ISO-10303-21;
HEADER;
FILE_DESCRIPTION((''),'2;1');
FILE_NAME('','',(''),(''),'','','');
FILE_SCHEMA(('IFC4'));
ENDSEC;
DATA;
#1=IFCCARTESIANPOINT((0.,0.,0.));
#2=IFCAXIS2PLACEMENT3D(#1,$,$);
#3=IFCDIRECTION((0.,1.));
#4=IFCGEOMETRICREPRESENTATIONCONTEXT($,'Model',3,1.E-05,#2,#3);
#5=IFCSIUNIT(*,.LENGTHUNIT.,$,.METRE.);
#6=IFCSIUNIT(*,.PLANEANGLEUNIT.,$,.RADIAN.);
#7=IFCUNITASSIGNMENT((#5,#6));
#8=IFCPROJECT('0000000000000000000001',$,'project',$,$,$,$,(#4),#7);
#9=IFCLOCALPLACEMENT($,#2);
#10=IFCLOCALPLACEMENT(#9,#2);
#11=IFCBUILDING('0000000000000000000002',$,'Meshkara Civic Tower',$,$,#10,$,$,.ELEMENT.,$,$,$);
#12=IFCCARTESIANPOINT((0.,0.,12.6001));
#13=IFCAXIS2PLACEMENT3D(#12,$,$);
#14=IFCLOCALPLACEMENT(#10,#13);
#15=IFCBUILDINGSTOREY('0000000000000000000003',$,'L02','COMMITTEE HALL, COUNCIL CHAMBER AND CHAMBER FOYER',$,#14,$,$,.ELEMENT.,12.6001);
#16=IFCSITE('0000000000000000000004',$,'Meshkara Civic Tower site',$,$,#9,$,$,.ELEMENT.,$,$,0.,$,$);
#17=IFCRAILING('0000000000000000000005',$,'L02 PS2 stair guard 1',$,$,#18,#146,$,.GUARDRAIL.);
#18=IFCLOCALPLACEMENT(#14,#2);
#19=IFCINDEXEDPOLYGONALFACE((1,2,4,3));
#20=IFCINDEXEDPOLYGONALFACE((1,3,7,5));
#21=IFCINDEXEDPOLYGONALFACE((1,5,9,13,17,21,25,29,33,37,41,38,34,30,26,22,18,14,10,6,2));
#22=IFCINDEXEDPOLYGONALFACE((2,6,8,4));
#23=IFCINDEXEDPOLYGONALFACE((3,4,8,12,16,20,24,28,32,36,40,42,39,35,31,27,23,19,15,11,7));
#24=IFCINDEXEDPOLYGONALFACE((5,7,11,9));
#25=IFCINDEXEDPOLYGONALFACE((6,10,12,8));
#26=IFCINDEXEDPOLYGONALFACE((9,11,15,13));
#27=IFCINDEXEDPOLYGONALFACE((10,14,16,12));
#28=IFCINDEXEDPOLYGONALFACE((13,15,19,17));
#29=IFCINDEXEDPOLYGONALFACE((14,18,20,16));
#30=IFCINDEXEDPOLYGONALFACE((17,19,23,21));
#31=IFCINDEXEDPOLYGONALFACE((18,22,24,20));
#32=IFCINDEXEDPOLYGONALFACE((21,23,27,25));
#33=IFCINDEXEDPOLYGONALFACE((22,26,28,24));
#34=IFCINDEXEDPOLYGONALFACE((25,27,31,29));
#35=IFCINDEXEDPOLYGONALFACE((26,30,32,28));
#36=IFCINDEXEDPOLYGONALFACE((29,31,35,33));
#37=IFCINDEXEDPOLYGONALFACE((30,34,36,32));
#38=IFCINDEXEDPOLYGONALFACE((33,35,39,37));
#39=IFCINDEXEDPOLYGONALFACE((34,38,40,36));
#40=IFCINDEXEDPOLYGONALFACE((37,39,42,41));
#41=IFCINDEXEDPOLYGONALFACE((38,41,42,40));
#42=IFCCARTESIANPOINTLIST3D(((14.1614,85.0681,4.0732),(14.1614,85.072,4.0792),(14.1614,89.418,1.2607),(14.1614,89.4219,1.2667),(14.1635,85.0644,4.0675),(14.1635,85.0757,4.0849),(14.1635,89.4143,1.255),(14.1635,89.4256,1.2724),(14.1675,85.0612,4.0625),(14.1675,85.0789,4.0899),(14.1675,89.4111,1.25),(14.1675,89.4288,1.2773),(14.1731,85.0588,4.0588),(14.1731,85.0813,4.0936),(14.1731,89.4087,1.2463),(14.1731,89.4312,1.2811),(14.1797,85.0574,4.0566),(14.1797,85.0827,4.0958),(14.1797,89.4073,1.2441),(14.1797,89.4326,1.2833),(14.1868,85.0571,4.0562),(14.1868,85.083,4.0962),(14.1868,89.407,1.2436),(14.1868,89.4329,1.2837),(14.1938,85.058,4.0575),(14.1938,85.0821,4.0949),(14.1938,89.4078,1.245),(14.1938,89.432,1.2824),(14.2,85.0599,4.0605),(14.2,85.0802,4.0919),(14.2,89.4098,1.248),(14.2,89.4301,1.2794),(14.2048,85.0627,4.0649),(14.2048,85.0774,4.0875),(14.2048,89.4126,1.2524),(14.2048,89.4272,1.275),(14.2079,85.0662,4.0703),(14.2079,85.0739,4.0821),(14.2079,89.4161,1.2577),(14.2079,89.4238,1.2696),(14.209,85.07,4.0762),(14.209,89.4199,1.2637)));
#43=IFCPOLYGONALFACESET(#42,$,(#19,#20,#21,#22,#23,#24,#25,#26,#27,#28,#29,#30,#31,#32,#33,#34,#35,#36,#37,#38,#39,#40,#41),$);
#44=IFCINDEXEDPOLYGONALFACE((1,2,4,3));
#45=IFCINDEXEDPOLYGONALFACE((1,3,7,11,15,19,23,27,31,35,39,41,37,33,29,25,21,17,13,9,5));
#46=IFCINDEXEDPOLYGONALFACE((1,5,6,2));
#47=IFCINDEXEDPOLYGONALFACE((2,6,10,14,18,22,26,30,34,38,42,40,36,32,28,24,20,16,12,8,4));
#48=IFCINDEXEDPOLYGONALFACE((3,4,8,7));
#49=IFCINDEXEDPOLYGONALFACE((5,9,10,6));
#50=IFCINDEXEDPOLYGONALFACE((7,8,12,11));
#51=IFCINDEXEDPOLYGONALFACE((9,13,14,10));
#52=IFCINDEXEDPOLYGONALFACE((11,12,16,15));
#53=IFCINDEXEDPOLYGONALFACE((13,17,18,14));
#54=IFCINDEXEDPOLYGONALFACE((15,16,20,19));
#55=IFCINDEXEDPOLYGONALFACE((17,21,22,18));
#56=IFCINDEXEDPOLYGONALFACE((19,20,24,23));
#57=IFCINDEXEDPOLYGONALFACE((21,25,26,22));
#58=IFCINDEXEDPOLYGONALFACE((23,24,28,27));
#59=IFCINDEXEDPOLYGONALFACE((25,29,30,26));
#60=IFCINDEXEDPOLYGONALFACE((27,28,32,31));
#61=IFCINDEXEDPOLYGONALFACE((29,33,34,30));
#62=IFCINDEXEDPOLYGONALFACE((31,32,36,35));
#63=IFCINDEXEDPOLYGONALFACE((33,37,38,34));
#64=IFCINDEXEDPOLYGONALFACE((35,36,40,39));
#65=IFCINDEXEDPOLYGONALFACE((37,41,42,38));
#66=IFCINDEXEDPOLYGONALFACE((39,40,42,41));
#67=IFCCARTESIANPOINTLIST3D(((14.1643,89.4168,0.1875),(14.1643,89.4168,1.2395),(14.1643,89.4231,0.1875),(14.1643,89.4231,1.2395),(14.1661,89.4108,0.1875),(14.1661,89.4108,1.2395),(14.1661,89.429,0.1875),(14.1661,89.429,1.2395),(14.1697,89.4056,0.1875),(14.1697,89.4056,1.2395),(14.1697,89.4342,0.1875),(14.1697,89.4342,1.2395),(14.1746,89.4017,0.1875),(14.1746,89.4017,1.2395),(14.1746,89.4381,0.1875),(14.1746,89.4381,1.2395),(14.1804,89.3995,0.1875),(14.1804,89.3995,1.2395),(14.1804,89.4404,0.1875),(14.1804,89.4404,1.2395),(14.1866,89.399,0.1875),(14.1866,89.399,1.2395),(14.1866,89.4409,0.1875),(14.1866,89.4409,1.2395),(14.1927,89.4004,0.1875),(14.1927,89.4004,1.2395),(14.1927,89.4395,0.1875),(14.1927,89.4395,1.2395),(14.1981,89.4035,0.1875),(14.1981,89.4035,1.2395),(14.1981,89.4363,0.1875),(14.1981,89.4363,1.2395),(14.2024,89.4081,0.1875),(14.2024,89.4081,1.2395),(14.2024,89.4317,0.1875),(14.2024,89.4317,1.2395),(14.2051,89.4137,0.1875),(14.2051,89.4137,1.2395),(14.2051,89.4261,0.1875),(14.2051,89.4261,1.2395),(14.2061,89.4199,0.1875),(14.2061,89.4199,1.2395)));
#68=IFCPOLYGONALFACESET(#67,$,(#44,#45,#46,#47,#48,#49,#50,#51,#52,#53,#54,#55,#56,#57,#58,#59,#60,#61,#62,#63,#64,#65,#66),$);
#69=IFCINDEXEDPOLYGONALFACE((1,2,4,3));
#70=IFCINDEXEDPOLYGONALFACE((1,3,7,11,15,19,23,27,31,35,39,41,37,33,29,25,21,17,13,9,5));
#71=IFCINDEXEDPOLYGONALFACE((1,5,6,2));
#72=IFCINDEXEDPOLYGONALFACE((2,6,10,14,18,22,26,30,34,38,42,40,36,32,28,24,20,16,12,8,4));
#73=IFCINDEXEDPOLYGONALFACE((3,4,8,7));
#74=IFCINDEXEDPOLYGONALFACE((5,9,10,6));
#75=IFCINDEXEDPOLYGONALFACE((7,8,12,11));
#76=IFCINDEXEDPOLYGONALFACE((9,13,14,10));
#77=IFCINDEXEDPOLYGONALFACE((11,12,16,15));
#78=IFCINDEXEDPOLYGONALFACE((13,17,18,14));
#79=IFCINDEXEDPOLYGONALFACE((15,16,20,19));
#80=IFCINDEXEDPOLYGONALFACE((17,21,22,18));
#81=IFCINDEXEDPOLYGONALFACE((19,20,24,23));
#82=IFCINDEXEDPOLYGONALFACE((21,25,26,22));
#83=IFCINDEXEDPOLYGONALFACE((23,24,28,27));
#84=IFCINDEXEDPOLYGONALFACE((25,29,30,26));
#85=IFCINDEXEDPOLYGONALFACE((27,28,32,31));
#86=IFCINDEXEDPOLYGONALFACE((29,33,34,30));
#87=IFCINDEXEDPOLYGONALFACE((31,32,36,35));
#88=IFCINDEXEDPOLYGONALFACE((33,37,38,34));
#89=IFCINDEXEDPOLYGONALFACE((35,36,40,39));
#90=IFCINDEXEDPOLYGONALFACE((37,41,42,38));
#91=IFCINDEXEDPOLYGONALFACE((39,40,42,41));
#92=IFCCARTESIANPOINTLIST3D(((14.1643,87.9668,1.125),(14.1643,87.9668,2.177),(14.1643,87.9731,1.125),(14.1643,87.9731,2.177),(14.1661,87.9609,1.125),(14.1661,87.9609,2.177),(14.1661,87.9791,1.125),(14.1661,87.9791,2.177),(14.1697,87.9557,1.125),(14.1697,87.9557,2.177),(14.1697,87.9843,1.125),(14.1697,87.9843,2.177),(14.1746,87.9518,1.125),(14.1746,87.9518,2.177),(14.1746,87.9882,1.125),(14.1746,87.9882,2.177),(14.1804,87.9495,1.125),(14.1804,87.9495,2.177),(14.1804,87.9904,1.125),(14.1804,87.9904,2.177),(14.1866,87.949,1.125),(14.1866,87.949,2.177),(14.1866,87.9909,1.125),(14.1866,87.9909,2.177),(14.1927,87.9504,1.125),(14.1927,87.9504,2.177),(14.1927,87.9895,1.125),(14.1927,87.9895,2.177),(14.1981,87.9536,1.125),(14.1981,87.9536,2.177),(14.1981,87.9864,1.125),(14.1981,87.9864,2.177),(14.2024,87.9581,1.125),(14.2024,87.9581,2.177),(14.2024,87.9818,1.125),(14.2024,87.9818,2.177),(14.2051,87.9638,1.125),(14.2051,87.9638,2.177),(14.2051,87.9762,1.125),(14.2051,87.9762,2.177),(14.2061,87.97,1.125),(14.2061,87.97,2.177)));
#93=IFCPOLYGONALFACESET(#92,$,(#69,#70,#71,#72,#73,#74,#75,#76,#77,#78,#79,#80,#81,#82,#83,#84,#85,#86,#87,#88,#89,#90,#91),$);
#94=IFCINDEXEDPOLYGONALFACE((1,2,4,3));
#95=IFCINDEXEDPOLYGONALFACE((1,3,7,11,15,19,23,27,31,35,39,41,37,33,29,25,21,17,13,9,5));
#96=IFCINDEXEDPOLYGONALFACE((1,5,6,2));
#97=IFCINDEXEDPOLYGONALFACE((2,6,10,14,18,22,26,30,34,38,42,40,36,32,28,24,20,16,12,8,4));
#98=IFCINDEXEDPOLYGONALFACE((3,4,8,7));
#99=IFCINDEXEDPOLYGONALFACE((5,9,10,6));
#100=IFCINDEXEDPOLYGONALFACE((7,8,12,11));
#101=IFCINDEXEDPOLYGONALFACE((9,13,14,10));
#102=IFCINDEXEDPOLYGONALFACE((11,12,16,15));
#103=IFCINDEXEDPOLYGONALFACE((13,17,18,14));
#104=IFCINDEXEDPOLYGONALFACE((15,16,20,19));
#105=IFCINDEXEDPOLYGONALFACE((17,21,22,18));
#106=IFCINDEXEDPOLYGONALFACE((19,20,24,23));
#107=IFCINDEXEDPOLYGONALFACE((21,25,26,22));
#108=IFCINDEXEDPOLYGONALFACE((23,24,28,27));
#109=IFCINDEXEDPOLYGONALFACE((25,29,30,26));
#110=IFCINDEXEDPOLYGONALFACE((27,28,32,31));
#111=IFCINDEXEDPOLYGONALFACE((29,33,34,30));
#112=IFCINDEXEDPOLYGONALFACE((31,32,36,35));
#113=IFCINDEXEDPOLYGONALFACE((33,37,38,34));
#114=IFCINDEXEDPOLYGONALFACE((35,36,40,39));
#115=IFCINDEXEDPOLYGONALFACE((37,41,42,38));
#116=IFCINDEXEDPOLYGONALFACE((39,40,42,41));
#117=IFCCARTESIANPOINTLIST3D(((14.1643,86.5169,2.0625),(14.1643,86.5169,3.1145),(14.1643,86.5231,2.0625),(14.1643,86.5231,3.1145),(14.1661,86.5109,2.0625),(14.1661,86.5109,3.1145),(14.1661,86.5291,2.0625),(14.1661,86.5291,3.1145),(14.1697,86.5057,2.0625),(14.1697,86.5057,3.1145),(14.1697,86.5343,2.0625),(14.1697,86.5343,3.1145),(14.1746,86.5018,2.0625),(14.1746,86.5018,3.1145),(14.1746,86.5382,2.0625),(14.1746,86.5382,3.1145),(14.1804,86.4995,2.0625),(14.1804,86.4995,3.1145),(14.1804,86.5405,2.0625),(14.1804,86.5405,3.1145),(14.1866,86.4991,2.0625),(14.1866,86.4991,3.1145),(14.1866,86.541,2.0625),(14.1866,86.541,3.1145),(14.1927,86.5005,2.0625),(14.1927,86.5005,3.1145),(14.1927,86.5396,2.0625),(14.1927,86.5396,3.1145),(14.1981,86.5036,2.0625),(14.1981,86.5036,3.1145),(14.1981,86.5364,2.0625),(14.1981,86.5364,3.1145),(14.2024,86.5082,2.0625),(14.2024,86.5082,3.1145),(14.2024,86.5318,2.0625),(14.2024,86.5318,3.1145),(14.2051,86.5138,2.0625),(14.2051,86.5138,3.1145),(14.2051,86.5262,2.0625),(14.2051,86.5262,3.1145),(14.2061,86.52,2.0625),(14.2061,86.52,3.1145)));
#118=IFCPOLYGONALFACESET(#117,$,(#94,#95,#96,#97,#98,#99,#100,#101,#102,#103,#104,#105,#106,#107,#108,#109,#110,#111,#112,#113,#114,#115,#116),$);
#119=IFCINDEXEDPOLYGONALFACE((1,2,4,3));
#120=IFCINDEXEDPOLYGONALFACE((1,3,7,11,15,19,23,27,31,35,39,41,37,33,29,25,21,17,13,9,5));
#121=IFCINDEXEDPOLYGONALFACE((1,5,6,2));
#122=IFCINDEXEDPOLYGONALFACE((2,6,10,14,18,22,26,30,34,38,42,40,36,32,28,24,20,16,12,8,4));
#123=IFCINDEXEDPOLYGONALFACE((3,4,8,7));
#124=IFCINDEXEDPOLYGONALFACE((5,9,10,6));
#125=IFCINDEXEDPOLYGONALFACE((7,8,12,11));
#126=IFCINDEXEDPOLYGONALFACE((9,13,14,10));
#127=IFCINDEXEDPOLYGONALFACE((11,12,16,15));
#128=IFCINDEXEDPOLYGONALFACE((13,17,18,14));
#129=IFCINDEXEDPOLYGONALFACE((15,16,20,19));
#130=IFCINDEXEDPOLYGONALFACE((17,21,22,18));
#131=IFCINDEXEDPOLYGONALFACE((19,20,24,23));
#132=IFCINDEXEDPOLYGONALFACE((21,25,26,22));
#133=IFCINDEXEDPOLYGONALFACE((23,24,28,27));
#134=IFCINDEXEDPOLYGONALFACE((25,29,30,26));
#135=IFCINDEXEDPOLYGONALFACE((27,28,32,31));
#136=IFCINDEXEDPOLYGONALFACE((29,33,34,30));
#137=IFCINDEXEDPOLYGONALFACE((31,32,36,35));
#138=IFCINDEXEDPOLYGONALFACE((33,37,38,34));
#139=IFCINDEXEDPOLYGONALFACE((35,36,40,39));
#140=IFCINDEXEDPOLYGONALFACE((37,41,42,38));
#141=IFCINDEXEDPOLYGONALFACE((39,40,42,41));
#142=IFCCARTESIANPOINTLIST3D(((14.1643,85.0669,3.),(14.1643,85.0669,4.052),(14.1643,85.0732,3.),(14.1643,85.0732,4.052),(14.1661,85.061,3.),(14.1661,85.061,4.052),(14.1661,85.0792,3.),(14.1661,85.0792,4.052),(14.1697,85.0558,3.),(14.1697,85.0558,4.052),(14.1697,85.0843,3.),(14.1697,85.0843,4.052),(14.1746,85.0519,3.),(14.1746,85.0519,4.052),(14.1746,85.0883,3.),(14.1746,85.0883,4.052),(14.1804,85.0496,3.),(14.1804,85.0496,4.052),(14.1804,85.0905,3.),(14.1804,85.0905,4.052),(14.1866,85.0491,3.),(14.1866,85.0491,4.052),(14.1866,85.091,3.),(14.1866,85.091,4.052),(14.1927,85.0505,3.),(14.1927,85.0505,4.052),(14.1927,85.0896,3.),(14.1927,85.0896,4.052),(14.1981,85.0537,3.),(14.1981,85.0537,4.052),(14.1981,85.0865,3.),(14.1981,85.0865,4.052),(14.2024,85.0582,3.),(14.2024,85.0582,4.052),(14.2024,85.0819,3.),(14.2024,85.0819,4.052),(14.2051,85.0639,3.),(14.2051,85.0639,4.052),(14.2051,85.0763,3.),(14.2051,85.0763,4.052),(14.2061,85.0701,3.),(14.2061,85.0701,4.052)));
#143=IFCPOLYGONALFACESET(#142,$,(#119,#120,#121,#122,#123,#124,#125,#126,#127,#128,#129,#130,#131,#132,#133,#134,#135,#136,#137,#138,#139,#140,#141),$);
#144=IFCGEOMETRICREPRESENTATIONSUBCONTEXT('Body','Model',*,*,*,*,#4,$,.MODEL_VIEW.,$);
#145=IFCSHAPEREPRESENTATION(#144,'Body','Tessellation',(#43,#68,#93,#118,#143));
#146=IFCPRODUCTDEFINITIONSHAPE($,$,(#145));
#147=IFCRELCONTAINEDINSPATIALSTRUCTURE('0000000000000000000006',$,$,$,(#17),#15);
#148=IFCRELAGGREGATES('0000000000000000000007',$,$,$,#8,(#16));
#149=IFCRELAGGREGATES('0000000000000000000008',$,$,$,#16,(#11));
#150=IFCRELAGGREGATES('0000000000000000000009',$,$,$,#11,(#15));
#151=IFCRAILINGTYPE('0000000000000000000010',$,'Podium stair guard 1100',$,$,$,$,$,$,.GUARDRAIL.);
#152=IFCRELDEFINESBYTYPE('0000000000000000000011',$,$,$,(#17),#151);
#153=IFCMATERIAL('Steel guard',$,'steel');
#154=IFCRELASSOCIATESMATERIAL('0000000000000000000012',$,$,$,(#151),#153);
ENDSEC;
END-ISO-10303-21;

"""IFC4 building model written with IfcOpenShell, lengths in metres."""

from ifc_helpers import new_model, si_unit, direction, frame, origin, origin_2d, place, context, subcontext, project, spatial, circle, extrude, material, type_object, element, save


model = new_model("IFC4")

# Units and contexts
model_context = context("Model", 3, precision=1e-05, world=origin(), true_north=direction((0.0, 1.0)))
body_context = subcontext(model_context, "Body", "Model", "MODEL_VIEW")
ifc_project = project(units=[si_unit("LENGTHUNIT", "METRE"), si_unit("PLANEANGLEUNIT", "RADIAN")], contexts=[model_context])

# Site, building, storey
site_placement = place(None, origin())
site = spatial("IfcSite", under=ifc_project, at=site_placement, Name="Meshkara Civic Tower site", CompositionType="ELEMENT", RefElevation=0.0)
building_placement = place(site_placement, origin())
building = spatial("IfcBuilding", under=site, at=building_placement, Name="Meshkara Civic Tower", CompositionType="ELEMENT")
storey_placement = place(building_placement, frame((0.0, 0.0, 12.6001)))
storey = spatial("IfcBuildingStorey", under=building, at=storey_placement, Name="L02", Description="COMMITTEE HALL, COUNCIL CHAMBER AND CHAMBER FOYER", CompositionType="ELEMENT", Elevation=12.6001)

# Railing
ifc_material_1 = material(Name="Steel guard", Category="steel")
railing_type_1 = type_object("IfcRailingType", Name="Podium stair guard 1100", PredefinedType="GUARDRAIL", material=ifc_material_1)
railing_1_placement = place(storey_placement, frame((14.1851, 89.4199, 0.1875)))
element("IfcRailing", 1, at=railing_1_placement, inside=storey, type_object=railing_type_1, Name="L02 PS2 stair guard 1", PredefinedType="GUARDRAIL", context=body_context, shape_type="SweptSolid", body=[
    extrude(circle(Radius=0.0239, at=origin_2d()), frame((0.0, 0.0, 1.0762), z_axis=(0.0, -0.839756, 0.542964), x_axis=(1.0, 0.0, 0.0)), (0.0, 0.0, 1.0), 5.1799),
    extrude(circle(Radius=0.021, at=origin_2d()), origin(), (0.0, 0.0, 1.0), 1.052),
    extrude(circle(Radius=0.021, at=origin_2d()), frame((0.0, -1.45, 0.9375)), (0.0, 0.0, 1.0), 1.052),
    extrude(circle(Radius=0.021, at=origin_2d()), frame((0.0, -2.8999, 1.875)), (0.0, 0.0, 1.0), 1.052),
    extrude(circle(Radius=0.021, at=origin_2d()), frame((0.0, -4.3499, 2.8125)), (0.0, 0.0, 1.0), 1.052),
])

save(model, "model.ifc")
